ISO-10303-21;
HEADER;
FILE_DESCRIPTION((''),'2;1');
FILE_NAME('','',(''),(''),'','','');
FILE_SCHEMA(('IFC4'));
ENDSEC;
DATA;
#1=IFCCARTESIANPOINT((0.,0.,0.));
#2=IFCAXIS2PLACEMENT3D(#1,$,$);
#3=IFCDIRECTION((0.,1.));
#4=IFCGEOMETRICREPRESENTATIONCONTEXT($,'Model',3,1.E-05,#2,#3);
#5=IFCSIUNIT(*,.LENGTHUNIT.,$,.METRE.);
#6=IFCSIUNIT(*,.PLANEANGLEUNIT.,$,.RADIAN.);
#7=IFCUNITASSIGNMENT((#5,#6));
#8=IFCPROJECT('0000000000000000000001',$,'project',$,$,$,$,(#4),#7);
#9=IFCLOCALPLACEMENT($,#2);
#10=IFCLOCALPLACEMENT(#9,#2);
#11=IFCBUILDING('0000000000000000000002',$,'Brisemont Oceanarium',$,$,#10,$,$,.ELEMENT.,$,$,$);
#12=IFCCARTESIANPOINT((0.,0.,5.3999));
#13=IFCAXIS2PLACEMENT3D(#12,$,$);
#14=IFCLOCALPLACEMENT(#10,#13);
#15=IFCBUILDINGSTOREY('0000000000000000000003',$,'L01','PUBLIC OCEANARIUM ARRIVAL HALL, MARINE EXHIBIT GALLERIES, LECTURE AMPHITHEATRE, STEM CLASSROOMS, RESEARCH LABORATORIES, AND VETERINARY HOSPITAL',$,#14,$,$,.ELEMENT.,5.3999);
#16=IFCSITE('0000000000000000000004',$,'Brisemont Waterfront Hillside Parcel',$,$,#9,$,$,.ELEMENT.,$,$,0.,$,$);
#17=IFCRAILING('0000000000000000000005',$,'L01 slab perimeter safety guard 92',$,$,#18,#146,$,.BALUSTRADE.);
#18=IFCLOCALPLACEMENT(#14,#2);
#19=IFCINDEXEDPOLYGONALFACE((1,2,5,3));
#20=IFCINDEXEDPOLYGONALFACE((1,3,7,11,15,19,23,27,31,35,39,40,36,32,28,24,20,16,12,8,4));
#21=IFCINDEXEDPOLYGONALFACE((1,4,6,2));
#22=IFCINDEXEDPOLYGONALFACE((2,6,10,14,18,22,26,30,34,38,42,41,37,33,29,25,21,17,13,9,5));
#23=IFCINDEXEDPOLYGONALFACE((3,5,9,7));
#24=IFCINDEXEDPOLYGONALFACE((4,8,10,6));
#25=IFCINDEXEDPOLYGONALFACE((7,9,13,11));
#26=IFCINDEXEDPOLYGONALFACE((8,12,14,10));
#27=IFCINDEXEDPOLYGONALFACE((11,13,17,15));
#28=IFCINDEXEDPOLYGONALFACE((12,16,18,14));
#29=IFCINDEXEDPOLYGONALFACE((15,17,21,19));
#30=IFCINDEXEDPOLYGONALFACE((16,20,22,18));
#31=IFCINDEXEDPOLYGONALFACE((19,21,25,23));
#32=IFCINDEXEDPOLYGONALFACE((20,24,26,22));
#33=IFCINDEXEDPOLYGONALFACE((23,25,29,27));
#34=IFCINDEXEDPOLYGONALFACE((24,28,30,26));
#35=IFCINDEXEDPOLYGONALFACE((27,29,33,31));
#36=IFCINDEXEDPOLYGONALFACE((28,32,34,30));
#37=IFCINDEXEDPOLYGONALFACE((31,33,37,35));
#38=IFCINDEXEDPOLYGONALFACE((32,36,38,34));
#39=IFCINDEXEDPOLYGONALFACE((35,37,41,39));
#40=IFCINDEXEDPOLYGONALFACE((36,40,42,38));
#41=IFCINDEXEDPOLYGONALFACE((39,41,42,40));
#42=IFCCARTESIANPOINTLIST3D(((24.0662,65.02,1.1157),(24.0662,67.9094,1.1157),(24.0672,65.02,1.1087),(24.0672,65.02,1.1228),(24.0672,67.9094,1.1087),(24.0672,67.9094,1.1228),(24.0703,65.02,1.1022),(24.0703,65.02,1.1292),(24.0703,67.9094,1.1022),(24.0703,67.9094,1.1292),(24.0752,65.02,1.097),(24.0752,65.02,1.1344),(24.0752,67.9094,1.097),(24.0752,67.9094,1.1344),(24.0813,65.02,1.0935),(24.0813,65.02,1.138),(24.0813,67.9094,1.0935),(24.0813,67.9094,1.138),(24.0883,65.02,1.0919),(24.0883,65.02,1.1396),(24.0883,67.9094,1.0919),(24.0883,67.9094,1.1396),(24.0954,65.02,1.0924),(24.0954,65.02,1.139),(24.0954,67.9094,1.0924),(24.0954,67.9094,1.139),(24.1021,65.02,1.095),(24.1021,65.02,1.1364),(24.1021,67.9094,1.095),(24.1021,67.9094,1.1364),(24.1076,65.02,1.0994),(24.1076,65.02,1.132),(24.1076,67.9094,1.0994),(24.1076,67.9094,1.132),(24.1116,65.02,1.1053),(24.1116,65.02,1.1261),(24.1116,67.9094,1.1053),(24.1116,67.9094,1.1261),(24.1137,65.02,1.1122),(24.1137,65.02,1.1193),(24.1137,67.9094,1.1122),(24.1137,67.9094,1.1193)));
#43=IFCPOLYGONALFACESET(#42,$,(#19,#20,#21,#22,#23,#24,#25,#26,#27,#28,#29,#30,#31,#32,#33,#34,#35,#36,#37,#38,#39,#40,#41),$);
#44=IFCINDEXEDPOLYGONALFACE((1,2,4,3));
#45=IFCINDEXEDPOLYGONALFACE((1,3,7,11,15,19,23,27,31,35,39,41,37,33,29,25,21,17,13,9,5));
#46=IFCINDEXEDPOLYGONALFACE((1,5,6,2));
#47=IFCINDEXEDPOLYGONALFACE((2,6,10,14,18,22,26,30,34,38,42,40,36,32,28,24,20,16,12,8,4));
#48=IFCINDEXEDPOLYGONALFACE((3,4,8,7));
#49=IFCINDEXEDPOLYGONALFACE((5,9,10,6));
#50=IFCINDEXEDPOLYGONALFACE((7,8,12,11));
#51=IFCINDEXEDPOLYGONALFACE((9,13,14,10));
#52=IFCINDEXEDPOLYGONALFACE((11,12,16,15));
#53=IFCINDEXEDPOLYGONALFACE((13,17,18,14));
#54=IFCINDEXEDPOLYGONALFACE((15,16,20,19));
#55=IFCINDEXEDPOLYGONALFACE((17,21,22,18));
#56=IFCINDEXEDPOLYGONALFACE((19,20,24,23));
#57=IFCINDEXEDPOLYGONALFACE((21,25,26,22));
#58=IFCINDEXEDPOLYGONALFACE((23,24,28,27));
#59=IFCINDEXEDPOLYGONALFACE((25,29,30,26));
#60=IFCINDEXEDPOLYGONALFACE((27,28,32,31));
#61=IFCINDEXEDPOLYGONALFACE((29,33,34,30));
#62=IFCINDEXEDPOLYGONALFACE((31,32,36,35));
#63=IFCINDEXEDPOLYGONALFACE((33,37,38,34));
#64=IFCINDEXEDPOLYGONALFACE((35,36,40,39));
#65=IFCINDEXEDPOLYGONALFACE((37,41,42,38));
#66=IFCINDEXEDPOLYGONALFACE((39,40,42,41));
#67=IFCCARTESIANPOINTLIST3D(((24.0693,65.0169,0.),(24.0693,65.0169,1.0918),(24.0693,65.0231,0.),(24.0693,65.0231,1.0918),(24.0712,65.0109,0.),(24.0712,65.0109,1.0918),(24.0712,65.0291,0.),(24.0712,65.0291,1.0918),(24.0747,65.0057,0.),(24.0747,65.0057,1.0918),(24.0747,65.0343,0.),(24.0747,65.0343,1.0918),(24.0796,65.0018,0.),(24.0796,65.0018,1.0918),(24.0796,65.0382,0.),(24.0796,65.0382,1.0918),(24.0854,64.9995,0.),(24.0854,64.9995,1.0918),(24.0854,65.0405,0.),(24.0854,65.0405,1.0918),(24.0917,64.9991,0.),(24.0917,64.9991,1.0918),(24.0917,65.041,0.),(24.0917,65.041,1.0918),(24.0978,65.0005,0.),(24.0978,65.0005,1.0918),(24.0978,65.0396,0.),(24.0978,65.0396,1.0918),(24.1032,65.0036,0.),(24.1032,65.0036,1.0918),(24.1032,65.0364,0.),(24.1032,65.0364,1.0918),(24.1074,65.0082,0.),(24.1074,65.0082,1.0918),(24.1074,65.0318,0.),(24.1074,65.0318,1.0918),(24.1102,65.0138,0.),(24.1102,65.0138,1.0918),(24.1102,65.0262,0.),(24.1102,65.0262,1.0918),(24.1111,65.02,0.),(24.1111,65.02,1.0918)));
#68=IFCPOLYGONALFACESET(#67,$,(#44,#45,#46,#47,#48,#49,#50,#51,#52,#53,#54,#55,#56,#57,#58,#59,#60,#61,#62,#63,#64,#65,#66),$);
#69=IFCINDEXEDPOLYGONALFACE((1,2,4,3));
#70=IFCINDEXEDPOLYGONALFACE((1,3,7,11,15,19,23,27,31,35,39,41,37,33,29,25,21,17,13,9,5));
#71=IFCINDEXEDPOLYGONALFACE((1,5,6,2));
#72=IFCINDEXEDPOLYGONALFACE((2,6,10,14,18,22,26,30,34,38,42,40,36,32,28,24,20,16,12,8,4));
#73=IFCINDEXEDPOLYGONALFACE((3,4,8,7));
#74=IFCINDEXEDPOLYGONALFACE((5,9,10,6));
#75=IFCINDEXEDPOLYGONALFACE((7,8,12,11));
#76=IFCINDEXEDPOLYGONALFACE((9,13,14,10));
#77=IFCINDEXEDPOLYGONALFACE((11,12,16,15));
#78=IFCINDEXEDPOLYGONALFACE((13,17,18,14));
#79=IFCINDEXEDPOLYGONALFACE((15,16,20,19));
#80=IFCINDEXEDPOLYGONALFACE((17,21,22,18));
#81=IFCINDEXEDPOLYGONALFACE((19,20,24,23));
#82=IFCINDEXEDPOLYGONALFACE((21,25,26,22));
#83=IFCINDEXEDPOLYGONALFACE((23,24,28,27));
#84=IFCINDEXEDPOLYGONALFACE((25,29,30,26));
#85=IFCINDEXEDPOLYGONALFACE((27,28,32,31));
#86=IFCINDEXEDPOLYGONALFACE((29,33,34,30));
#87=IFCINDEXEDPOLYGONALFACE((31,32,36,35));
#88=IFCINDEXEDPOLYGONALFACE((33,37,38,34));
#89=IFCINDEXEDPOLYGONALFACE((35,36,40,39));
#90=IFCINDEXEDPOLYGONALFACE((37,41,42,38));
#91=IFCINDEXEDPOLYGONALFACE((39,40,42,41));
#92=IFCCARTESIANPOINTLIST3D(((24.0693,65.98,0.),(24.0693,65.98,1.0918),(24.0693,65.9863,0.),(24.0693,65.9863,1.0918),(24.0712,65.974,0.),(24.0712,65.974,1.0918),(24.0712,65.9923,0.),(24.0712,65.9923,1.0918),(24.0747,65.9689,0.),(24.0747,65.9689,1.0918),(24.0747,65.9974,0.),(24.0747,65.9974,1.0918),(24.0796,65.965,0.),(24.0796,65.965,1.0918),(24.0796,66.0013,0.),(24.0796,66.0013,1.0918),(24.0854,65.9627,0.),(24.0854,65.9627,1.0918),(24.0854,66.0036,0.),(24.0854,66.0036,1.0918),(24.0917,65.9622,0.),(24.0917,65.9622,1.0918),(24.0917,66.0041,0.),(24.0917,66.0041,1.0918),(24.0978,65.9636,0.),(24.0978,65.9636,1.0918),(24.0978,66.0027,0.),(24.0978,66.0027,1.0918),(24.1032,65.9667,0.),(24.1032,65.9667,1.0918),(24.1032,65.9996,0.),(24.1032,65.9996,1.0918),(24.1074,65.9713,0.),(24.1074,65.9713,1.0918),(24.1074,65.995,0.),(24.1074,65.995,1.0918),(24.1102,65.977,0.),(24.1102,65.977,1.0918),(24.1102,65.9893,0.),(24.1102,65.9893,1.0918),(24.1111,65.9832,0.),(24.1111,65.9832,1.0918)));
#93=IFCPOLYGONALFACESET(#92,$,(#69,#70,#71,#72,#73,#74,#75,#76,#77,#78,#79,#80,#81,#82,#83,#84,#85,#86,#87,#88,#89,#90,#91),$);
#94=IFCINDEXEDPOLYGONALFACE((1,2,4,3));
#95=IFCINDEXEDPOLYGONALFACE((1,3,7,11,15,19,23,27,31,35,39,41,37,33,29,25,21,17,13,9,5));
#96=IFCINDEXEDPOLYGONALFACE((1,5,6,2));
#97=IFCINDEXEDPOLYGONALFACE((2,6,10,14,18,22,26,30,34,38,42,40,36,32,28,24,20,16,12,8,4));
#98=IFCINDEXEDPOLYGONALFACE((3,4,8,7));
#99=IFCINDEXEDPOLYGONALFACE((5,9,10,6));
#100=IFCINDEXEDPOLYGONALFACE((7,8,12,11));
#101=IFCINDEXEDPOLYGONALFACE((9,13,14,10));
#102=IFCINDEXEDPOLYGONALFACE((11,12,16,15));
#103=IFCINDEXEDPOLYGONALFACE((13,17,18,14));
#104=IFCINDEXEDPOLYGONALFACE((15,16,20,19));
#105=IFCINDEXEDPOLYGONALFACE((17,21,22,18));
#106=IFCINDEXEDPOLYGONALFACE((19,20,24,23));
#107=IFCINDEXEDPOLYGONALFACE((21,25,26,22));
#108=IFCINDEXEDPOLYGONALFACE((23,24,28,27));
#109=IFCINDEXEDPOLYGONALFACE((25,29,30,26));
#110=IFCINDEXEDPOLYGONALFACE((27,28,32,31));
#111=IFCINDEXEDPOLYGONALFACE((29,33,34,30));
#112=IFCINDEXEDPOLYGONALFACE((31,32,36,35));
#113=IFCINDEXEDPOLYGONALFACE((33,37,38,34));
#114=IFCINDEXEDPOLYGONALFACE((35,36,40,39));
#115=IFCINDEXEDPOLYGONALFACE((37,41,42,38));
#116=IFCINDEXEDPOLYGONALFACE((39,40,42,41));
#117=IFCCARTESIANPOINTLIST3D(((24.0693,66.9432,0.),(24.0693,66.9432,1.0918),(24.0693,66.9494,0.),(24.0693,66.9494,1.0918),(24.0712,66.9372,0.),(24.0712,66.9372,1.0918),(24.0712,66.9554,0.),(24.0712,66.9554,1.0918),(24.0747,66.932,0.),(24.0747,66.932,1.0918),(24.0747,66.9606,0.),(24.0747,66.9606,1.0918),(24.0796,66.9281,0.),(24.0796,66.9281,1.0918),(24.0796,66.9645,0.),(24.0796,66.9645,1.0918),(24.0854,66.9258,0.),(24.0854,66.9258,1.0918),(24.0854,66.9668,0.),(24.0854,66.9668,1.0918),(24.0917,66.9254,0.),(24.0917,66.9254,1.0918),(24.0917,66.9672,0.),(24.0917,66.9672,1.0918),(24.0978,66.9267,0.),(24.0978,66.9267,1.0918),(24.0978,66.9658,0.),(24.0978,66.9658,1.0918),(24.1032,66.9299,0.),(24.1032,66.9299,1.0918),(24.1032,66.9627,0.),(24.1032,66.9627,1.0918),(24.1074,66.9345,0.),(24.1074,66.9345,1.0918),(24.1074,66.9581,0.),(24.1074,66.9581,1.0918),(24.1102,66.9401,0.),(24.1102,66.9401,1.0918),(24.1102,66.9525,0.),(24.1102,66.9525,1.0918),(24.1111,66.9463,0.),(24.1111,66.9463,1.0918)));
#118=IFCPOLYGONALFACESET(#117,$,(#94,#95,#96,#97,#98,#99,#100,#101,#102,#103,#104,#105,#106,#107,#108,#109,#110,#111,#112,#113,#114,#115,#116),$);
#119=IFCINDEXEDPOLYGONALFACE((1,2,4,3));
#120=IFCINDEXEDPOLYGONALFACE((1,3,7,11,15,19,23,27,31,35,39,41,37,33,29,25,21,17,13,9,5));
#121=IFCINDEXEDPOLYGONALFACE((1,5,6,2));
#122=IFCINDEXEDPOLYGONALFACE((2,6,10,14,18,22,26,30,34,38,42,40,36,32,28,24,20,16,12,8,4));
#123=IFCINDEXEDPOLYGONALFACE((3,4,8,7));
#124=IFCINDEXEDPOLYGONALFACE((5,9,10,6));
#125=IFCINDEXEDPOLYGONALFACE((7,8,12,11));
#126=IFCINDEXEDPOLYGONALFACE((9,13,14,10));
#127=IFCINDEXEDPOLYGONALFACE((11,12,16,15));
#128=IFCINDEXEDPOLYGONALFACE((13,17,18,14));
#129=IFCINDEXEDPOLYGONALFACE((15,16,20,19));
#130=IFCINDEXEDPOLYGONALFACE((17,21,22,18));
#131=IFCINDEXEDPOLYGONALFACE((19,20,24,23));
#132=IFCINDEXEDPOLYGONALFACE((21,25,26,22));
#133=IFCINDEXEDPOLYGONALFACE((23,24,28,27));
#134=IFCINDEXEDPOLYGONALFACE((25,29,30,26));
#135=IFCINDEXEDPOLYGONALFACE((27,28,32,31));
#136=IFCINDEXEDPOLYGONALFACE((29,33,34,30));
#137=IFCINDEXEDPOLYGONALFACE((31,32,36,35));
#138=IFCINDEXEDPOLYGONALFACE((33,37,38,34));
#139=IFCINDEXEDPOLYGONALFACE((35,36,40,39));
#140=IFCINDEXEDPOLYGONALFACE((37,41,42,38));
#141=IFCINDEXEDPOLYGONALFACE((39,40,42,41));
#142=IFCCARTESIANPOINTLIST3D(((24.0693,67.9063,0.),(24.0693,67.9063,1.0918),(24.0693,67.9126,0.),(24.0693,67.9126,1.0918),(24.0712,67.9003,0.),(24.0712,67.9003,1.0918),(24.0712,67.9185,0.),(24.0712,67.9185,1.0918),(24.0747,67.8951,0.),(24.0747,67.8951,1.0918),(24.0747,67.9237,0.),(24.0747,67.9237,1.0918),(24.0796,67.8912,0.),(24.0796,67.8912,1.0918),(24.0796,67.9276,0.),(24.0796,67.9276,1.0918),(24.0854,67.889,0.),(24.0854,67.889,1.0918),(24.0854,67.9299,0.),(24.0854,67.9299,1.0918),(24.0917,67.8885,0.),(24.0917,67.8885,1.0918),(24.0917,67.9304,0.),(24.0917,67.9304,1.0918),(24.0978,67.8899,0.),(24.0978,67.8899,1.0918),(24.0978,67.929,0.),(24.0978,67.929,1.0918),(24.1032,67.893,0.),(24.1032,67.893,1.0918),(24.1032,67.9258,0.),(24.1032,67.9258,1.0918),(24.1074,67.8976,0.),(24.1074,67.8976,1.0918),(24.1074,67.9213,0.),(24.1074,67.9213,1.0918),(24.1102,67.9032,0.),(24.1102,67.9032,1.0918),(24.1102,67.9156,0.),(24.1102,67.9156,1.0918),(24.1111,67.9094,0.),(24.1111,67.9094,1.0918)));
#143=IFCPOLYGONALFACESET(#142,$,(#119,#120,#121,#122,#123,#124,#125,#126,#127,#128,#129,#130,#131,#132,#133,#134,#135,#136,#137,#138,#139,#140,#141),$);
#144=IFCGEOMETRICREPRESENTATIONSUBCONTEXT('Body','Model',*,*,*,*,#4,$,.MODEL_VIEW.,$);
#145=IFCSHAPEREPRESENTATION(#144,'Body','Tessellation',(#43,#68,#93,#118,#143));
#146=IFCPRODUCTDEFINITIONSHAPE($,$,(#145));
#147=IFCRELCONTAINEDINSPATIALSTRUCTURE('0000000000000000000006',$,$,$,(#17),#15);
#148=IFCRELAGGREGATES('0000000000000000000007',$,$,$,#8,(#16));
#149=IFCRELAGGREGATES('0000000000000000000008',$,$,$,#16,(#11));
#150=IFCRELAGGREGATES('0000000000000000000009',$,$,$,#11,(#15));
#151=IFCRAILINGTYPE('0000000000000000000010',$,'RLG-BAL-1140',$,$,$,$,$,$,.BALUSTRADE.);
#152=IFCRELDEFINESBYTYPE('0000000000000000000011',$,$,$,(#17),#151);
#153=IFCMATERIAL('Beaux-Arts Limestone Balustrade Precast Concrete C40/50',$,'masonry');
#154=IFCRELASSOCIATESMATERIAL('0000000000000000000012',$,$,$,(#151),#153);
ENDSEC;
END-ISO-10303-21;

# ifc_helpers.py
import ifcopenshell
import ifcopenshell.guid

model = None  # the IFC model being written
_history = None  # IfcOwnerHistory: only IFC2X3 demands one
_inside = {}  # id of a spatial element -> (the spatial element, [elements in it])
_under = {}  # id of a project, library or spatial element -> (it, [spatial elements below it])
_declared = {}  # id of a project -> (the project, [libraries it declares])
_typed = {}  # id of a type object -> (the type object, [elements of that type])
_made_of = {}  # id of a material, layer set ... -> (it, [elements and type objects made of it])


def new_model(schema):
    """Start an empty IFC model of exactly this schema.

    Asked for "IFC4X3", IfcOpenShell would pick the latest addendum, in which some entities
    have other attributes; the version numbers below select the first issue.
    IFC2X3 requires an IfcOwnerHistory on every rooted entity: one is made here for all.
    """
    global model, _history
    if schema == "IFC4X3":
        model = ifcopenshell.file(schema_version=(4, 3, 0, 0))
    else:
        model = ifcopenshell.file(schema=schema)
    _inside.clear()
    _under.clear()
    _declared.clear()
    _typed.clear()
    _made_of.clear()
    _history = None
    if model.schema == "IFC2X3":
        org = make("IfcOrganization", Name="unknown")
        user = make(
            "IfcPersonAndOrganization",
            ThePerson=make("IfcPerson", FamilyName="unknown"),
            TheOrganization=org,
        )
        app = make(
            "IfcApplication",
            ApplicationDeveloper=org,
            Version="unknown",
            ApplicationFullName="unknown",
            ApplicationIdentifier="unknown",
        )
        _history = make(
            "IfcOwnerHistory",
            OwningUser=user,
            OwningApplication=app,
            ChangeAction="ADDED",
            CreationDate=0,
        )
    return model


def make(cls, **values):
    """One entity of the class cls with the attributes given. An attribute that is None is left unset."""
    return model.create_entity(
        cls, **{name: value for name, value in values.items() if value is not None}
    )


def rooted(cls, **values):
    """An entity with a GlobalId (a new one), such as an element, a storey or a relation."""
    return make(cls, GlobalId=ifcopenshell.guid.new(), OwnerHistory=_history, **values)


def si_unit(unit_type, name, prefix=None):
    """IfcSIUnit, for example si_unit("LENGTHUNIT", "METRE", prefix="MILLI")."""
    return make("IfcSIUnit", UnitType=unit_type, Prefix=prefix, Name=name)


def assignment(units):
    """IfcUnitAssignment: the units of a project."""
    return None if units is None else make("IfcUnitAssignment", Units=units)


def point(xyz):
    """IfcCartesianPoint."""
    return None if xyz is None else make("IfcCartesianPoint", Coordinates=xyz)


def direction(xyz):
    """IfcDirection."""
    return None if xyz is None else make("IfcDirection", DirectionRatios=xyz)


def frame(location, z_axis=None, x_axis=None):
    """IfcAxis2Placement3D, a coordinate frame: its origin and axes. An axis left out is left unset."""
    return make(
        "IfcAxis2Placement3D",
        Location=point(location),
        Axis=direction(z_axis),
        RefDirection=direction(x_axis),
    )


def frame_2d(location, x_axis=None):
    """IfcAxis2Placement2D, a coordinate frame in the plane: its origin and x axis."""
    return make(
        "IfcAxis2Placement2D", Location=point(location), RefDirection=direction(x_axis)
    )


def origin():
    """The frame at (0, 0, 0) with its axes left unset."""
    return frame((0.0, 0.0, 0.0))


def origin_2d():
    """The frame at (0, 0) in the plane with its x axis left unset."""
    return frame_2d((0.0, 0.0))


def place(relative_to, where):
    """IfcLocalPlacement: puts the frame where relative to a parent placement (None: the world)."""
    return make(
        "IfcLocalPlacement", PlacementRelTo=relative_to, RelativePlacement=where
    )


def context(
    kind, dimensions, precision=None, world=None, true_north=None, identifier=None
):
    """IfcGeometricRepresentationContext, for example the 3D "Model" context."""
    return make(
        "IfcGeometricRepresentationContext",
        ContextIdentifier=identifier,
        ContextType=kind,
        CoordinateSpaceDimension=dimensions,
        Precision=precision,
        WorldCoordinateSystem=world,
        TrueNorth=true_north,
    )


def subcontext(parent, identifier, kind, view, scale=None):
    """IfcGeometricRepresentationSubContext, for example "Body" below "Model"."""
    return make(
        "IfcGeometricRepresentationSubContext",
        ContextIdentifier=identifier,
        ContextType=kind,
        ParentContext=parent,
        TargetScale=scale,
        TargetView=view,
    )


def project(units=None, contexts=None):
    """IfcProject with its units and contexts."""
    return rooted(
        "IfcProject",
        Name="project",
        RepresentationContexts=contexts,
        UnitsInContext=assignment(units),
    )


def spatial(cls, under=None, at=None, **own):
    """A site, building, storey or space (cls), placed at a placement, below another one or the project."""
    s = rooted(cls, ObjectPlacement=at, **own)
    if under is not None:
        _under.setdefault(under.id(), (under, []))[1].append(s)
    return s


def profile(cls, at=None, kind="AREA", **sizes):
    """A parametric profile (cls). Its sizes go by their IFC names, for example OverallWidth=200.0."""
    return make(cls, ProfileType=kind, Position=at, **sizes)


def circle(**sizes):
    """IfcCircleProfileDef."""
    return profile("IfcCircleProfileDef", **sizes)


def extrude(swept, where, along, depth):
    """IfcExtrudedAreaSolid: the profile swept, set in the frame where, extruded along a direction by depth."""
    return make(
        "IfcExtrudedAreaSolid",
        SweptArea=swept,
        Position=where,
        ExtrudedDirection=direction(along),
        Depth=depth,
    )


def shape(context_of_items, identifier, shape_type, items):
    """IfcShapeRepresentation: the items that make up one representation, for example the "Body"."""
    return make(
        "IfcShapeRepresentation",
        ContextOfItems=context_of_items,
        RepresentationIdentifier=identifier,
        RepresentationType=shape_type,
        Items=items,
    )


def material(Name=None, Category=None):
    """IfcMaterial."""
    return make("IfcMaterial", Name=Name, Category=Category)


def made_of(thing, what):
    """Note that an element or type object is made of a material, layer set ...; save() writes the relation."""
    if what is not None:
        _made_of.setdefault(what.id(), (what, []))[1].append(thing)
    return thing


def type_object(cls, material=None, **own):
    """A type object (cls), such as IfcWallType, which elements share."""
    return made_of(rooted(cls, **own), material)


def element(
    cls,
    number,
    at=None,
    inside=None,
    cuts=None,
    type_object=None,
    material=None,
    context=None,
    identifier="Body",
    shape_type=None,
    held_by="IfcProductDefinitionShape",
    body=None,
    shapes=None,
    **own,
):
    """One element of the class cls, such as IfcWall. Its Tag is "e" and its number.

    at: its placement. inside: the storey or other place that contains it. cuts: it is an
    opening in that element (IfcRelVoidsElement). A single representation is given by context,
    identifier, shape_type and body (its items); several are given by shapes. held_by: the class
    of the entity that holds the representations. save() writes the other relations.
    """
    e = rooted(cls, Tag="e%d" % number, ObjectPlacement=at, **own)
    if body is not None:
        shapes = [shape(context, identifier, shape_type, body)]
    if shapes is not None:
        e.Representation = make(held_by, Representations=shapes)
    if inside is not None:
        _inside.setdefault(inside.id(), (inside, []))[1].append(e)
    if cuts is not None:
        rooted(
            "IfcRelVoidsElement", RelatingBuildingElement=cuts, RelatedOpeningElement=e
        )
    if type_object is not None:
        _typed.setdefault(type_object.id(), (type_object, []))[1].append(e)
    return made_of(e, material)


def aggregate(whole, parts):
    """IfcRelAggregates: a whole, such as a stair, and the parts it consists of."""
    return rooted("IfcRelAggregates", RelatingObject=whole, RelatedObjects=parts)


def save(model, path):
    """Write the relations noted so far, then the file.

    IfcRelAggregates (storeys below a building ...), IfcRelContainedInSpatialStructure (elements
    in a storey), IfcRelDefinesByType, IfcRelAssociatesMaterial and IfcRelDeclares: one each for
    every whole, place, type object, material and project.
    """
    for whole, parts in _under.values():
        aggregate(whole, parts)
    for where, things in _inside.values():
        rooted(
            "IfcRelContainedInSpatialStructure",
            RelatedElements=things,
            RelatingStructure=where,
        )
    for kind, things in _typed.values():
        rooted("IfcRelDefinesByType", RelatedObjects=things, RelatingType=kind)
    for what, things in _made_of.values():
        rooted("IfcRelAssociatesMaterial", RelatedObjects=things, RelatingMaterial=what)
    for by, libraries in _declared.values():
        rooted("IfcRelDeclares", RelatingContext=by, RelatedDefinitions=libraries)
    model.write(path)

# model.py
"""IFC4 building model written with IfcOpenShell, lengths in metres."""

from ifc_helpers import new_model, si_unit, direction, frame, origin, origin_2d, place, context, subcontext, project, spatial, circle, extrude, material, type_object, element, save


model = new_model("IFC4")

# Units and contexts
model_context = context("Model", 3, precision=1e-05, world=origin(), true_north=direction((0.0, 1.0)))
body_context = subcontext(model_context, "Body", "Model", "MODEL_VIEW")
ifc_project = project(units=[si_unit("LENGTHUNIT", "METRE"), si_unit("PLANEANGLEUNIT", "RADIAN")], contexts=[model_context])

# Site, building, storey
site_placement = place(None, origin())
site = spatial("IfcSite", under=ifc_project, at=site_placement, Name="Brisemont Waterfront Hillside Parcel", CompositionType="ELEMENT", RefElevation=0.0)
building_placement = place(site_placement, origin())
building = spatial("IfcBuilding", under=site, at=building_placement, Name="Brisemont Oceanarium", CompositionType="ELEMENT")
storey_placement = place(building_placement, frame((0.0, 0.0, 5.3999)))
storey = spatial("IfcBuildingStorey", under=building, at=storey_placement, Name="L01", Description="PUBLIC OCEANARIUM ARRIVAL HALL, MARINE EXHIBIT GALLERIES, LECTURE AMPHITHEATRE, STEM CLASSROOMS, RESEARCH LABORATORIES, AND VETERINARY HOSPITAL", CompositionType="ELEMENT", Elevation=5.3999)

# Railing
ifc_material_1 = material(Name="Beaux-Arts Limestone Balustrade Precast Concrete C40/50", Category="masonry")
railing_type_1 = type_object("IfcRailingType", Name="RLG-BAL-1140", PredefinedType="BALUSTRADE", material=ifc_material_1)
railing_1_placement = place(storey_placement, frame((24.0901, 65.02, 0.0)))
element("IfcRailing", 1, at=railing_1_placement, inside=storey, type_object=railing_type_1, Name="L01 slab perimeter safety guard 92", PredefinedType="BALUSTRADE", context=body_context, shape_type="SweptSolid", body=[
    extrude(circle(Radius=0.0239, at=origin_2d()), frame((0.0, 0.0, 1.1157), z_axis=(0.0, 1.0, 0.0), x_axis=(-1.0, 0.0, 0.0)), (0.0, 0.0, 1.0), 2.8894),
    extrude(circle(Radius=0.021, at=origin_2d()), origin(), (0.0, 0.0, 1.0), 1.0918),
    extrude(circle(Radius=0.021, at=origin_2d()), frame((0.0, 0.9631, 0.0)), (0.0, 0.0, 1.0), 1.0918),
    extrude(circle(Radius=0.021, at=origin_2d()), frame((0.0, 1.9263, 0.0)), (0.0, 0.0, 1.0), 1.0918),
    extrude(circle(Radius=0.021, at=origin_2d()), frame((0.0, 2.8894, 0.0)), (0.0, 0.0, 1.0), 1.0918),
])

save(model, "model.ifc")
